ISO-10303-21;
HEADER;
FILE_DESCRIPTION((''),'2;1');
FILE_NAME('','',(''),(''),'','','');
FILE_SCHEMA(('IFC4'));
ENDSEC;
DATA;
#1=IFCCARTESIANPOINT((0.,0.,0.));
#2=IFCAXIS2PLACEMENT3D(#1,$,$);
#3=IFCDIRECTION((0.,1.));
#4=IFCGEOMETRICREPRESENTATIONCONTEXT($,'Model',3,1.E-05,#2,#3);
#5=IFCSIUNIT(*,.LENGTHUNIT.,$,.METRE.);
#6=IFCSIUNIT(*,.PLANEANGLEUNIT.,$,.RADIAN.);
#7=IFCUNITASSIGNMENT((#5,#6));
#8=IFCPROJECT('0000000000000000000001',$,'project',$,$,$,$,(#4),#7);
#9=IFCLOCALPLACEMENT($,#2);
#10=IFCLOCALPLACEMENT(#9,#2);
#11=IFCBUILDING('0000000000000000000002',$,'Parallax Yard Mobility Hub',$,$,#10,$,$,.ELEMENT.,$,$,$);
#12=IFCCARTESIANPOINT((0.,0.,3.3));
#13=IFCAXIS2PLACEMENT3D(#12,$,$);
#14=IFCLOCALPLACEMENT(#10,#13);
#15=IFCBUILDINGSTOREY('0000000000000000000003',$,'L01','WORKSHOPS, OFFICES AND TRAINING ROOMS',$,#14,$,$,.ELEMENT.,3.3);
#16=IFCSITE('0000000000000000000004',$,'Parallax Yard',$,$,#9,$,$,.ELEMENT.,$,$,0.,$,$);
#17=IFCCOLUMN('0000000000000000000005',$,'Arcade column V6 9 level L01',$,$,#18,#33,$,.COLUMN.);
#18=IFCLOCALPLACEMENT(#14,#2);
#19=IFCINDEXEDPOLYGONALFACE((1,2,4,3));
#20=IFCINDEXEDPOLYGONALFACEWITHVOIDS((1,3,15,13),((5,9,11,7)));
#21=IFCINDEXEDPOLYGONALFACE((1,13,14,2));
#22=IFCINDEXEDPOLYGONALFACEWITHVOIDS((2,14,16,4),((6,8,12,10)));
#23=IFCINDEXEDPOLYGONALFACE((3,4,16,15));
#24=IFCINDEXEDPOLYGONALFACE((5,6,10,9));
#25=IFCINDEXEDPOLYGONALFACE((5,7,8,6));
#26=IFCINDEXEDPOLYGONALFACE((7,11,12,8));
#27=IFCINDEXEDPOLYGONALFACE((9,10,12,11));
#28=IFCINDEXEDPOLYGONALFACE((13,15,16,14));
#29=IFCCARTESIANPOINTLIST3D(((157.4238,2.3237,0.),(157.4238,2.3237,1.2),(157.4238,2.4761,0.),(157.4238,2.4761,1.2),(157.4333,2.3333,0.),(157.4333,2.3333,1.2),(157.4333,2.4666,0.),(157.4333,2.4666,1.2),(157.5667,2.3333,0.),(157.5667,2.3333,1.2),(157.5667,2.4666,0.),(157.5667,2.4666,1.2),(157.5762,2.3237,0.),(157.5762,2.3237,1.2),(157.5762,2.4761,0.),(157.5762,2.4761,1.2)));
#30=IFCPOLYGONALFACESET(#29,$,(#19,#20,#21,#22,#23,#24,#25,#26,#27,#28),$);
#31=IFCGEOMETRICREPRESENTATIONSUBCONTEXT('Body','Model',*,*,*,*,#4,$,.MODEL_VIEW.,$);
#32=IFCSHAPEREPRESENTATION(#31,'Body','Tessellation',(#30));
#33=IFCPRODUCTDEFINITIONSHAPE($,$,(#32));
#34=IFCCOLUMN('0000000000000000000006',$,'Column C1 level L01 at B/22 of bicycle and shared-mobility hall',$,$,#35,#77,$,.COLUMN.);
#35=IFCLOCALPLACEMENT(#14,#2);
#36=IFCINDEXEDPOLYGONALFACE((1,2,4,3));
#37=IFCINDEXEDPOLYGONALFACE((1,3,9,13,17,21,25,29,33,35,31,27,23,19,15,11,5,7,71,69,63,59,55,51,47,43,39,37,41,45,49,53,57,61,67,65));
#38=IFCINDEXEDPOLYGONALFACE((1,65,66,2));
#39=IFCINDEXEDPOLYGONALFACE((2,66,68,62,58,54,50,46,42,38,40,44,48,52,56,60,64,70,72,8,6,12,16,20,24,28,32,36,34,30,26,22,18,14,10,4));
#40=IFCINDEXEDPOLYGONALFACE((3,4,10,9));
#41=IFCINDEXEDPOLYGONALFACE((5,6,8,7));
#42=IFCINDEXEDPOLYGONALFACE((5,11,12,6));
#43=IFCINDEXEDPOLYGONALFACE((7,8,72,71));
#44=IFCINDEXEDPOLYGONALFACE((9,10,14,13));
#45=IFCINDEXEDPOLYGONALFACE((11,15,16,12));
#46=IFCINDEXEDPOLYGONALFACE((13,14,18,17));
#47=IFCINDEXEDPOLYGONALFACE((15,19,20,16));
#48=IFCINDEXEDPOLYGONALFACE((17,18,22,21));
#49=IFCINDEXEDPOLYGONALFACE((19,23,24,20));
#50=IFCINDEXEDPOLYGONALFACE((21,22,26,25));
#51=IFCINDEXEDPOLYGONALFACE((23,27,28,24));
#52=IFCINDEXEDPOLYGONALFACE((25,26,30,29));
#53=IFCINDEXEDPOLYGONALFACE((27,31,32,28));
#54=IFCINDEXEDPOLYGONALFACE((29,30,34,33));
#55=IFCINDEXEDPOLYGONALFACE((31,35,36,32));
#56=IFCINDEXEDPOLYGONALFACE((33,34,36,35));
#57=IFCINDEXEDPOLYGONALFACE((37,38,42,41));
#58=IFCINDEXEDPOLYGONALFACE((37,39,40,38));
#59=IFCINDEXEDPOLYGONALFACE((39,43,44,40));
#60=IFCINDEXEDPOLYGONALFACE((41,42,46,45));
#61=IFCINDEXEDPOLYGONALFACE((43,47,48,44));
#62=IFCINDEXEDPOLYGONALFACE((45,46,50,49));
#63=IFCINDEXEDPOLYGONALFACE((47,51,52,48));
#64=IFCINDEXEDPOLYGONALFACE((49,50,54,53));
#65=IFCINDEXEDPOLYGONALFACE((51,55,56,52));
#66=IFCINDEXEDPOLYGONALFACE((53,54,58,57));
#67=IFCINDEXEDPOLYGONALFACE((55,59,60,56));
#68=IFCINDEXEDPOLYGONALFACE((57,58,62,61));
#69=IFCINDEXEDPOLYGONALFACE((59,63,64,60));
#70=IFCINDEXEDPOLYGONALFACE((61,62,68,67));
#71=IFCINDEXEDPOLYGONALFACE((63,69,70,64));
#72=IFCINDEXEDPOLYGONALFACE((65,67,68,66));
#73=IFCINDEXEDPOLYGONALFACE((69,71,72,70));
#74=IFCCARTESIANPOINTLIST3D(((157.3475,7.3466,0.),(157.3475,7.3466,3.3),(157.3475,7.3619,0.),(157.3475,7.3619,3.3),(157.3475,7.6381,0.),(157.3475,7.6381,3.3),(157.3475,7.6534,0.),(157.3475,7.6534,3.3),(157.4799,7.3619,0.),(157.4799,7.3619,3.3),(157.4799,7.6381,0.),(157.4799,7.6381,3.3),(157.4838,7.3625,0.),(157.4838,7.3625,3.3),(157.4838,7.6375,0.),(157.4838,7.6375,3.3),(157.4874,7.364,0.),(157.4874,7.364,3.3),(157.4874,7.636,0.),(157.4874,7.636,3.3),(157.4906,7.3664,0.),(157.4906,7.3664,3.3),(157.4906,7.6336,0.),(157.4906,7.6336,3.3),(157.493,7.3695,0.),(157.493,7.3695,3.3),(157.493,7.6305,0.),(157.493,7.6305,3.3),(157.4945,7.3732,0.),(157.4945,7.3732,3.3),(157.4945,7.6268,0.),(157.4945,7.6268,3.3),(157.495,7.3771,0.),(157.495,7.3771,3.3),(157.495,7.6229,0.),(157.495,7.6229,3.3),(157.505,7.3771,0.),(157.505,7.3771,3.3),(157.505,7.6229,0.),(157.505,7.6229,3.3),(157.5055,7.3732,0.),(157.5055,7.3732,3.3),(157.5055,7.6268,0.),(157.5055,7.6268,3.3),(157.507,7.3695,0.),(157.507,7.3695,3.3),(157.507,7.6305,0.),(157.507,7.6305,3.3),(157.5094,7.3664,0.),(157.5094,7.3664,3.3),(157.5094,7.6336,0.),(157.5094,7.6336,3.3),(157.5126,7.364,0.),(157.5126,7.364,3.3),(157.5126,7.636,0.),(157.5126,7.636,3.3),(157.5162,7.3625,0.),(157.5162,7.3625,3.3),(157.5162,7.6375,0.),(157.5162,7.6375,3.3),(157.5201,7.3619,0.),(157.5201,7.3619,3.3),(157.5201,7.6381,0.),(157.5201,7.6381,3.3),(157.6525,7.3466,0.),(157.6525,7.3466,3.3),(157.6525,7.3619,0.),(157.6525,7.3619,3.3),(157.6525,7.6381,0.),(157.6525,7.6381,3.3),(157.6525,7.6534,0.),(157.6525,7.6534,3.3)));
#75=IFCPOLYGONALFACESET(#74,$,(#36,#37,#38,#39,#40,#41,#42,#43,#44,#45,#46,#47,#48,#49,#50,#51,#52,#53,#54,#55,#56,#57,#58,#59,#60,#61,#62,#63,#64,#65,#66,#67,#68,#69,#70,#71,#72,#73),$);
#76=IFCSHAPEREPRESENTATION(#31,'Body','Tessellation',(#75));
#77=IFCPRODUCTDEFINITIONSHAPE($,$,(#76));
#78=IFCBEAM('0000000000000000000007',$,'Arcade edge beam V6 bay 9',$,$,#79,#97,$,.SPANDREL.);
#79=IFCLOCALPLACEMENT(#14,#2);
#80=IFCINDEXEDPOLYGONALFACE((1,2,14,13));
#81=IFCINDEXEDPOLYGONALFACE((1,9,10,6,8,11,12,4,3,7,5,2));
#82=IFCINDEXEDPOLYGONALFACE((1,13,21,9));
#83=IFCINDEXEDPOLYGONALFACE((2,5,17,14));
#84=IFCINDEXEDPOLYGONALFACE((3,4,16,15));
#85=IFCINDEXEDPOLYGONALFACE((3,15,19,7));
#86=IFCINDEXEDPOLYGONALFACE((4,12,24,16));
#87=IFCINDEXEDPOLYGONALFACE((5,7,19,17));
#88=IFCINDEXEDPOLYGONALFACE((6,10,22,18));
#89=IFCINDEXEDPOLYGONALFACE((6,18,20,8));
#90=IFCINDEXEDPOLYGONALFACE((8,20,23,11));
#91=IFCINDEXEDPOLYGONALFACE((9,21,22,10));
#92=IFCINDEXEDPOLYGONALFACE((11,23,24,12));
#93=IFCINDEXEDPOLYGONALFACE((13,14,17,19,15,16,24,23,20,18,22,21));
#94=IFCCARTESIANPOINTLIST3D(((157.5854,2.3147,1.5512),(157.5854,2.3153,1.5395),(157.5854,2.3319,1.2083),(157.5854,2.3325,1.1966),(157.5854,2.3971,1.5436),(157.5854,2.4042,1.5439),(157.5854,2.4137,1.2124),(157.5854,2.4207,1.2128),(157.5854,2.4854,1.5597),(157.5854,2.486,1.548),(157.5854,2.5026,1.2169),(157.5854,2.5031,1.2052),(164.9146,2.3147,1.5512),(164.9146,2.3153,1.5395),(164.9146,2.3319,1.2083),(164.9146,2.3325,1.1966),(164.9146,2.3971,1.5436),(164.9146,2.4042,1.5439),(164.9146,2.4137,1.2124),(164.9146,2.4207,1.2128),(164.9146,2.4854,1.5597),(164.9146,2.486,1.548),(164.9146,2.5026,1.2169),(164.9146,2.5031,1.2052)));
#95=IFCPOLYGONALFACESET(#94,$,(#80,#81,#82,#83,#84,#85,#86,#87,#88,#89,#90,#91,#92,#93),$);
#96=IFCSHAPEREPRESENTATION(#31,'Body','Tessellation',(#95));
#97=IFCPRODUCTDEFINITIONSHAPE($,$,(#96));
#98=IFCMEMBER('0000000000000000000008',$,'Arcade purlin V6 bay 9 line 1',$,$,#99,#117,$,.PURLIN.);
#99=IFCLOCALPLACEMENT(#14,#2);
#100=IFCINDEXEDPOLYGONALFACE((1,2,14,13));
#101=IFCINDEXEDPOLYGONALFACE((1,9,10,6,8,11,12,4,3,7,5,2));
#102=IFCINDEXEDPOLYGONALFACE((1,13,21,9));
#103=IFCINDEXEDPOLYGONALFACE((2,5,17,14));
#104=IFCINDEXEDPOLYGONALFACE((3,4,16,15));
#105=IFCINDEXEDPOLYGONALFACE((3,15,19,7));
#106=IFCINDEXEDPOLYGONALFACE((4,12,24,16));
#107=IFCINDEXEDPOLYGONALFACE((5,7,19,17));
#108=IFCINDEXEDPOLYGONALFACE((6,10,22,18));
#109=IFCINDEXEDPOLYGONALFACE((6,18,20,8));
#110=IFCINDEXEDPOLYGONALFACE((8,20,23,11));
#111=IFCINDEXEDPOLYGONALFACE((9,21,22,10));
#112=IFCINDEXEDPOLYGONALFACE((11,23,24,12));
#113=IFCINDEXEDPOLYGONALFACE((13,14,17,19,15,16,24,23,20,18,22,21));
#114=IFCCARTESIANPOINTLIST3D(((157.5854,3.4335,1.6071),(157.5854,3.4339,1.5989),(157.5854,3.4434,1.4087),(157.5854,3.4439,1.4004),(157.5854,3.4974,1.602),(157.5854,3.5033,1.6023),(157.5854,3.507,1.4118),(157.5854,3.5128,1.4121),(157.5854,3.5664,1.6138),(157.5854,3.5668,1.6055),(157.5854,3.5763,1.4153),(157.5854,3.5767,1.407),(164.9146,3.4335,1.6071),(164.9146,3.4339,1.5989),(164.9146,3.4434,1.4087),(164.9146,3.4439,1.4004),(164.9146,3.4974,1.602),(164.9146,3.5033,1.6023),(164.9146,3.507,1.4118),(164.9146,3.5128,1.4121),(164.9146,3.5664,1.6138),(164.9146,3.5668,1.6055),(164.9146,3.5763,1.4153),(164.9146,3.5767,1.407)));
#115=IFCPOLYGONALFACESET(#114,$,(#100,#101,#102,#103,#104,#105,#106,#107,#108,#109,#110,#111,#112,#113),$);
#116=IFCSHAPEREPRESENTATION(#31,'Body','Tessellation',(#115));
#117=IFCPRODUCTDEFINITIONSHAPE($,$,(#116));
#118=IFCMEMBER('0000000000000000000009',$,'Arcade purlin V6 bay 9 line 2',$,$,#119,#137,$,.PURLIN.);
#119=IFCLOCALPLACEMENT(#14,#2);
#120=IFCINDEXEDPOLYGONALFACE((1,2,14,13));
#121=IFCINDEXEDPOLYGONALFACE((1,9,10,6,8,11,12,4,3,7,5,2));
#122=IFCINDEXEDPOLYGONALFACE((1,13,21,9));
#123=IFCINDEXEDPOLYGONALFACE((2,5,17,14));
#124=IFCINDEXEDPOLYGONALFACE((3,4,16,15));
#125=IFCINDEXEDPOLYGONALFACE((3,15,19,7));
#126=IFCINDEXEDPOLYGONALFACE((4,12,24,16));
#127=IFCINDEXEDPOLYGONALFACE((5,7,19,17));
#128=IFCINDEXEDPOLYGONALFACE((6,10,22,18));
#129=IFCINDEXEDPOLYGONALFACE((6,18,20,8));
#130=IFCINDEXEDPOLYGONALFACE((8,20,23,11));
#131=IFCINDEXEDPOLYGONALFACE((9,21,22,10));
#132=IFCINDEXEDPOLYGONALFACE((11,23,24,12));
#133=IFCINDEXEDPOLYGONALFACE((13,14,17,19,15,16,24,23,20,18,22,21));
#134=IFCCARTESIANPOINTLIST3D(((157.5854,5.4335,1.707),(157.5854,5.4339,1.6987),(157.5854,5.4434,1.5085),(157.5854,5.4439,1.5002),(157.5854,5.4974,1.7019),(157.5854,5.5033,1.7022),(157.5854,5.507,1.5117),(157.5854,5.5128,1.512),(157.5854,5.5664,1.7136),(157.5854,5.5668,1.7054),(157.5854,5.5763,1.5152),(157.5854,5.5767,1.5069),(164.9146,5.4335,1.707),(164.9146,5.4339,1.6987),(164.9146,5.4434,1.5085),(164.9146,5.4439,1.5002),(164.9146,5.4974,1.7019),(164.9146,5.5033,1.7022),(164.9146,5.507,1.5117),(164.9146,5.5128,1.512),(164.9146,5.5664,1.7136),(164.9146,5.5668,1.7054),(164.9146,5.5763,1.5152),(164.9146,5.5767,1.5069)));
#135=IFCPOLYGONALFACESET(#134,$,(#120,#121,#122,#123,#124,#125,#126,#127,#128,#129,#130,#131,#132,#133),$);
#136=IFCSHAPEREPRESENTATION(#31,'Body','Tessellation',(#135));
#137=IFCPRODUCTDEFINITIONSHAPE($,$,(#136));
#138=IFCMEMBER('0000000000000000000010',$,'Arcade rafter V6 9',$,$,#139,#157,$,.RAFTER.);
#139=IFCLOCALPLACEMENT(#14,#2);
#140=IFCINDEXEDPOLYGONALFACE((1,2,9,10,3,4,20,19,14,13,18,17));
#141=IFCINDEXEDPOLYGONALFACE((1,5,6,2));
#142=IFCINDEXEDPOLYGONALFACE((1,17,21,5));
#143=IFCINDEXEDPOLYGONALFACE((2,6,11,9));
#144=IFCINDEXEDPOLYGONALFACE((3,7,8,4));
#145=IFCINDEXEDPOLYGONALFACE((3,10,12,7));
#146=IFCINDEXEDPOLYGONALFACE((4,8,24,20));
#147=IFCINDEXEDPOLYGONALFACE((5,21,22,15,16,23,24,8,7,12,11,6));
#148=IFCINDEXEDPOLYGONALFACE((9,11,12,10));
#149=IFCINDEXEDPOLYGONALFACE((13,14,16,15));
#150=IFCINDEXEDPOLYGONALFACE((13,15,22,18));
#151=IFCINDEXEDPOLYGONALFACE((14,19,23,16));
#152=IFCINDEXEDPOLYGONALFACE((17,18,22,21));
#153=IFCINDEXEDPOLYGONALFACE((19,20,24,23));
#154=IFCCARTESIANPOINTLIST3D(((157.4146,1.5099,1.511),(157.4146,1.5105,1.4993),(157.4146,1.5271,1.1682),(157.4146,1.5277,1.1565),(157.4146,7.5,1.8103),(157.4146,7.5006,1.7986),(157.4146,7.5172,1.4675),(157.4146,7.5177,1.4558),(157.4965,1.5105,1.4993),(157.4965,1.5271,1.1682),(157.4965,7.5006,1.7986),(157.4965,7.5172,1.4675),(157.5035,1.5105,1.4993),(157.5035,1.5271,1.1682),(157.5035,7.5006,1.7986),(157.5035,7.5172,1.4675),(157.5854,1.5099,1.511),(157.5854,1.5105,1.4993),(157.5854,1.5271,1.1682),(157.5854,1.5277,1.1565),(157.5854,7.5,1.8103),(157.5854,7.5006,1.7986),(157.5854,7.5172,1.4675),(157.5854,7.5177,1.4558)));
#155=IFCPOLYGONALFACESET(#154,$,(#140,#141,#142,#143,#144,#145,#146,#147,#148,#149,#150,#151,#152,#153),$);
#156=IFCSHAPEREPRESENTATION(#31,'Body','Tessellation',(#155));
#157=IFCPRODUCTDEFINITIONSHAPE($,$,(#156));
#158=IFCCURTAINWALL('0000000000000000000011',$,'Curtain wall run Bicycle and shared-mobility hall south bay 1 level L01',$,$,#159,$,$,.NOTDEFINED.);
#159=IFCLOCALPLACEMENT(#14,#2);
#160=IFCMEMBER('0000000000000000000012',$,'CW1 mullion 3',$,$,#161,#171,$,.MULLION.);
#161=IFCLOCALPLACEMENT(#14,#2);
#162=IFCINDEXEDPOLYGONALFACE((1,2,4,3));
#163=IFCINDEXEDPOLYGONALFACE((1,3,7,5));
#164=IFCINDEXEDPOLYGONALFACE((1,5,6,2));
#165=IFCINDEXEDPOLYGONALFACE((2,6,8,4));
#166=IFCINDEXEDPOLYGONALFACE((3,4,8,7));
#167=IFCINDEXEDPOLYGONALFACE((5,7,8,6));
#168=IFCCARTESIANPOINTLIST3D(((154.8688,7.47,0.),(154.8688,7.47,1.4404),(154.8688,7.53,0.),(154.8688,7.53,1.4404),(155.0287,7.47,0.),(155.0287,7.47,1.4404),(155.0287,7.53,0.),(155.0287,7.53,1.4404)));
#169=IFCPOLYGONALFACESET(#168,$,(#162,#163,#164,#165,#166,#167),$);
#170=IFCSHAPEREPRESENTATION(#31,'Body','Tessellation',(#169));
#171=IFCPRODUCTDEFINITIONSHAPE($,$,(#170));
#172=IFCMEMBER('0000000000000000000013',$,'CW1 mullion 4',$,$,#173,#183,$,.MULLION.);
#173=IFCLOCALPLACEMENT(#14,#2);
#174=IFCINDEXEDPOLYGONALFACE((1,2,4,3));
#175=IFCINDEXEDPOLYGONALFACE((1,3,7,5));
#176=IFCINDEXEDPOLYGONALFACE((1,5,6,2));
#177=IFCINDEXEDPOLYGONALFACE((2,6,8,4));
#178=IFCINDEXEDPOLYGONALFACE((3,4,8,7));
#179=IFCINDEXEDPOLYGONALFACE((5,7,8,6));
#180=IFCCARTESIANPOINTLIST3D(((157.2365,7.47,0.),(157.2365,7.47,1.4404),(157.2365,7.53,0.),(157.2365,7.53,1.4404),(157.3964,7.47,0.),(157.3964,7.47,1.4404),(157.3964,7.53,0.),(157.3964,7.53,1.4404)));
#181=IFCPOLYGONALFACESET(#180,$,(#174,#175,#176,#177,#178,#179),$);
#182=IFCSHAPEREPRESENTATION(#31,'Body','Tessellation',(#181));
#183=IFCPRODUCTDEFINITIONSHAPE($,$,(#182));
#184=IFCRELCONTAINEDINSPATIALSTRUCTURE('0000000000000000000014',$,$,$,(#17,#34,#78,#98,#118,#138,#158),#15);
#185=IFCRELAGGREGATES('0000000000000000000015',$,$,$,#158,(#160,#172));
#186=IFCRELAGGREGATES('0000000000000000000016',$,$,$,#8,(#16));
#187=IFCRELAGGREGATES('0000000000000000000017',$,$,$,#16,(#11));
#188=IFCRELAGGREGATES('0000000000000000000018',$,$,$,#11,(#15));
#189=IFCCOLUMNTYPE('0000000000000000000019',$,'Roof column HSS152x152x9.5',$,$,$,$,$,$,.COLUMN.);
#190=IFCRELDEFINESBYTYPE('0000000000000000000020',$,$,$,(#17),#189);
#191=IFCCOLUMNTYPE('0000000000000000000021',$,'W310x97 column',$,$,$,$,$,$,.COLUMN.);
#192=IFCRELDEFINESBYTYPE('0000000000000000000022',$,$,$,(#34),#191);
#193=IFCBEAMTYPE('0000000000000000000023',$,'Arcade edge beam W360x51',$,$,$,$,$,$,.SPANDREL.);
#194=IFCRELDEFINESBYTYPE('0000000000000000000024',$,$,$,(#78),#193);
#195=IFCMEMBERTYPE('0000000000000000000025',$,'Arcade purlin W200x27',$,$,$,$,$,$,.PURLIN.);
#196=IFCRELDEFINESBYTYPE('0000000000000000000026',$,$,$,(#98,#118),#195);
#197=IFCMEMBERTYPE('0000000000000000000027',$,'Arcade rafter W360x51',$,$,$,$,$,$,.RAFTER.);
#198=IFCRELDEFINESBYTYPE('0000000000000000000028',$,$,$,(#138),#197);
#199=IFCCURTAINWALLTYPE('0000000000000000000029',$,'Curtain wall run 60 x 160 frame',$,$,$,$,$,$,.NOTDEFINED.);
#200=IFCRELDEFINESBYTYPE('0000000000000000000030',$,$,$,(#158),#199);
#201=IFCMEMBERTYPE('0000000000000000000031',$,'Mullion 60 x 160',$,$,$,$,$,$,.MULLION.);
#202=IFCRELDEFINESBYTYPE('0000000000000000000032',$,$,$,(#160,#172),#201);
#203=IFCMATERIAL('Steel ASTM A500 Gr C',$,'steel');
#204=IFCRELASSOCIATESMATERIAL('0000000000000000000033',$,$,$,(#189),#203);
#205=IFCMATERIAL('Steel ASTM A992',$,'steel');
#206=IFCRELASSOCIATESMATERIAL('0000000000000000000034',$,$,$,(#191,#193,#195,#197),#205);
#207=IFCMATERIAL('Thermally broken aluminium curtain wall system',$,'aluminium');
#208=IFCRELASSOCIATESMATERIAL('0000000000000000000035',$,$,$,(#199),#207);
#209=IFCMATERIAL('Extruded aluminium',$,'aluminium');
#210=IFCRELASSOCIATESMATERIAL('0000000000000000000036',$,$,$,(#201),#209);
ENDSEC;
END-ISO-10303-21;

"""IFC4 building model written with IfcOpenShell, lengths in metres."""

from ifc_helpers import new_model, si_unit, direction, frame, origin, origin_2d, place, context, subcontext, project, spatial, rectangle, hollow_rectangle, i_section, extrude, material, material_profile, profile_set, type_object, element, aggregate, save


model = new_model("IFC4")

# Units and contexts
model_context = context("Model", 3, precision=1e-05, world=origin(), true_north=direction((0.0, 1.0)))
body_context = subcontext(model_context, "Body", "Model", "MODEL_VIEW")
ifc_project = project(units=[si_unit("LENGTHUNIT", "METRE"), si_unit("PLANEANGLEUNIT", "RADIAN")], contexts=[model_context])

# Site, building, storey
site_placement = place(None, origin())
site = spatial("IfcSite", under=ifc_project, at=site_placement, Name="Parallax Yard", CompositionType="ELEMENT", RefElevation=0.0)
building_placement = place(site_placement, origin())
building = spatial("IfcBuilding", under=site, at=building_placement, Name="Parallax Yard Mobility Hub", CompositionType="ELEMENT")
storey_placement = place(building_placement, frame((0.0, 0.0, 3.3)))
storey = spatial("IfcBuildingStorey", under=building, at=storey_placement, Name="L01", Description="WORKSHOPS, OFFICES AND TRAINING ROOMS", CompositionType="ELEMENT", Elevation=3.3)

# Columns
ifc_material_1 = material(Name="Steel ASTM A500 Gr C", Category="steel")
ifc_material_profile_1 = material_profile(ifc_material_1, hollow_rectangle(XDim=0.1523, YDim=0.1523, WallThickness=0.0095, at=origin_2d()), Name="HSS152x152x9.5")
ifc_profile_set_1 = profile_set([ifc_material_profile_1], Name="Steel ASTM A500 Gr C")
column_type_1 = type_object("IfcColumnType", Name="Roof column HSS152x152x9.5", PredefinedType="COLUMN", material=ifc_profile_set_1)
column_1_placement = place(storey_placement, frame((157.5, 2.3999, 0.0), z_axis=(0.0, 0.0, 1.0), x_axis=(1.0, 0.0, 0.0)))
element("IfcColumn", 1, at=column_1_placement, inside=storey, type_object=column_type_1, Name="Arcade column V6 9 level L01", PredefinedType="COLUMN", context=body_context, shape_type="SweptSolid", body=[
    extrude(hollow_rectangle(XDim=0.1523, YDim=0.1523, WallThickness=0.0095, at=origin_2d()), origin(), (0.0, 0.0, 1.0), 1.2),
])
ifc_material_2 = material(Name="Steel ASTM A992", Category="steel")
ifc_material_profile_2 = material_profile(ifc_material_2, i_section(OverallWidth=0.3049, OverallDepth=0.3069, WebThickness=0.01, FlangeThickness=0.0154, FilletRadius=0.0151, at=origin_2d()), Name="W310x97")
ifc_profile_set_2 = profile_set([ifc_material_profile_2], Name="Steel ASTM A992")
column_type_2 = type_object("IfcColumnType", Name="W310x97 column", PredefinedType="COLUMN", material=ifc_profile_set_2)
column_2_placement = place(storey_placement, frame((157.5, 7.5, 0.0), z_axis=(0.0, 0.0, 1.0), x_axis=(1.0, 0.0, 0.0)))
element("IfcColumn", 2, at=column_2_placement, inside=storey, type_object=column_type_2, Name="Column C1 level L01 at B/22 of bicycle and shared-mobility hall", PredefinedType="COLUMN", context=body_context, shape_type="SweptSolid", body=[
    extrude(i_section(OverallWidth=0.3049, OverallDepth=0.3069, WebThickness=0.01, FlangeThickness=0.0154, FilletRadius=0.0151, at=origin_2d()), origin(), (0.0, 0.0, 1.0), 3.3),
])

# Beam
ifc_material_profile_3 = material_profile(ifc_material_2, i_section(OverallWidth=0.1709, OverallDepth=0.355, WebThickness=0.0071, FlangeThickness=0.0117, at=origin_2d()), Name="W360x51")
ifc_profile_set_3 = profile_set([ifc_material_profile_3], Name="Steel ASTM A992")
beam_type_1 = type_object("IfcBeamType", Name="Arcade edge beam W360x51", PredefinedType="SPANDREL", material=ifc_profile_set_3)
beam_1_placement = place(storey_placement, frame((157.5854, 2.4089, 1.3782), z_axis=(1.0, 0.0, 0.0), x_axis=(0.0, 0.998752, 0.049938)))
element("IfcBeam", 3, at=beam_1_placement, inside=storey, type_object=beam_type_1, Name="Arcade edge beam V6 bay 9", PredefinedType="SPANDREL", context=body_context, shape_type="SweptSolid", body=[
    extrude(i_section(OverallWidth=0.1709, OverallDepth=0.355, WebThickness=0.0071, FlangeThickness=0.0117, at=origin_2d()), origin(), (0.0, 0.0, 1.0), 7.3291),
])

# Members
ifc_material_profile_4 = material_profile(ifc_material_2, i_section(OverallWidth=0.1331, OverallDepth=0.207, WebThickness=0.0059, FlangeThickness=0.0083, at=origin_2d()), Name="W200x27")
ifc_profile_set_4 = profile_set([ifc_material_profile_4], Name="Steel ASTM A992")
member_type_1 = type_object("IfcMemberType", Name="Arcade purlin W200x27", PredefinedType="PURLIN", material=ifc_profile_set_4)
for number, where, z_axis, x_axis, name in (
    (4, (157.5854, 3.5051, 1.5071), (1.0, 0.0, 0.0), (0.0, 0.998752, 0.049938), "Arcade purlin V6 bay 9 line 1"),
    (5, (157.5854, 5.5051, 1.6069), (1.0, 0.0, 0.0), (0.0, 0.998752, 0.049938), "Arcade purlin V6 bay 9 line 2"),
):
    element("IfcMember", number, at=place(storey_placement, frame(where, z_axis=z_axis, x_axis=x_axis)), inside=storey, type_object=member_type_1, Name=name, PredefinedType="PURLIN", context=body_context, shape_type="SweptSolid", body=[
        extrude(i_section(OverallWidth=0.1331, OverallDepth=0.207, WebThickness=0.0059, FlangeThickness=0.0083, at=origin_2d()), origin(), (0.0, 0.0, 1.0), 7.3291),
    ])
ifc_material_profile_5 = material_profile(ifc_material_2, i_section(OverallWidth=0.1709, OverallDepth=0.355, WebThickness=0.0071, FlangeThickness=0.0117, at=origin_2d()), Name="W360x51")
ifc_profile_set_5 = profile_set([ifc_material_profile_5], Name="Steel ASTM A992")
member_type_2 = type_object("IfcMemberType", Name="Arcade rafter W360x51", PredefinedType="RAFTER", material=ifc_profile_set_5)
member_1_placement = place(storey_placement, frame((157.5, 1.5188, 1.3337), z_axis=(0.0, 0.998754, 0.049907), x_axis=(-1.0, 0.0, 0.0)))
element("IfcMember", 6, at=member_1_placement, inside=storey, type_object=member_type_2, Name="Arcade rafter V6 9", PredefinedType="RAFTER", context=body_context, shape_type="SweptSolid", body=[
    extrude(i_section(OverallWidth=0.1709, OverallDepth=0.355, WebThickness=0.0071, FlangeThickness=0.0117, at=origin_2d()), origin(), (0.0, 0.0, 1.0), 5.9976),
])

# Curtain wall, members
ifc_material_3 = material(Name="Thermally broken aluminium curtain wall system", Category="aluminium")
curtain_wall_type = type_object("IfcCurtainWallType", Name="Curtain wall run 60 x 160 frame", PredefinedType="NOTDEFINED", material=ifc_material_3)
curtain_wall_1_placement = place(storey_placement, origin())
curtain_wall_1 = element("IfcCurtainWall", 7, at=curtain_wall_1_placement, inside=storey, type_object=curtain_wall_type, Name="Curtain wall run Bicycle and shared-mobility hall south bay 1 level L01", PredefinedType="NOTDEFINED")
ifc_material_4 = material(Name="Extruded aluminium", Category="aluminium")
ifc_material_profile_6 = material_profile(ifc_material_4, rectangle(XDim=0.0601, YDim=0.1599, at=origin_2d()), Name="Mullion 60 x 160")
ifc_profile_set_6 = profile_set([ifc_material_profile_6], Name="Extruded aluminium")
member_type_3 = type_object("IfcMemberType", Name="Mullion 60 x 160", PredefinedType="MULLION", material=ifc_profile_set_6)
member_2_placement = place(storey_placement, frame((154.9487, 7.5, 0.0), z_axis=(0.0, 0.0, 1.0), x_axis=(0.0, 1.0, 0.0)))
member_2 = element("IfcMember", 8, at=member_2_placement, type_object=member_type_3, Name="CW1 mullion 3", PredefinedType="MULLION", context=body_context, shape_type="SweptSolid", body=[
    extrude(rectangle(XDim=0.0601, YDim=0.1599, at=origin_2d()), origin(), (0.0, 0.0, 1.0), 1.4404),
])
member_3_placement = place(storey_placement, frame((157.3164, 7.5, 0.0), z_axis=(0.0, 0.0, 1.0), x_axis=(0.0, 1.0, 0.0)))
member_3 = element("IfcMember", 9, at=member_3_placement, type_object=member_type_3, Name="CW1 mullion 4", PredefinedType="MULLION", context=body_context, shape_type="SweptSolid", body=[
    extrude(rectangle(XDim=0.0601, YDim=0.1599, at=origin_2d()), origin(), (0.0, 0.0, 1.0), 1.4404),
])

aggregate(curtain_wall_1, [member_2, member_3])

save(model, "model.ifc")
